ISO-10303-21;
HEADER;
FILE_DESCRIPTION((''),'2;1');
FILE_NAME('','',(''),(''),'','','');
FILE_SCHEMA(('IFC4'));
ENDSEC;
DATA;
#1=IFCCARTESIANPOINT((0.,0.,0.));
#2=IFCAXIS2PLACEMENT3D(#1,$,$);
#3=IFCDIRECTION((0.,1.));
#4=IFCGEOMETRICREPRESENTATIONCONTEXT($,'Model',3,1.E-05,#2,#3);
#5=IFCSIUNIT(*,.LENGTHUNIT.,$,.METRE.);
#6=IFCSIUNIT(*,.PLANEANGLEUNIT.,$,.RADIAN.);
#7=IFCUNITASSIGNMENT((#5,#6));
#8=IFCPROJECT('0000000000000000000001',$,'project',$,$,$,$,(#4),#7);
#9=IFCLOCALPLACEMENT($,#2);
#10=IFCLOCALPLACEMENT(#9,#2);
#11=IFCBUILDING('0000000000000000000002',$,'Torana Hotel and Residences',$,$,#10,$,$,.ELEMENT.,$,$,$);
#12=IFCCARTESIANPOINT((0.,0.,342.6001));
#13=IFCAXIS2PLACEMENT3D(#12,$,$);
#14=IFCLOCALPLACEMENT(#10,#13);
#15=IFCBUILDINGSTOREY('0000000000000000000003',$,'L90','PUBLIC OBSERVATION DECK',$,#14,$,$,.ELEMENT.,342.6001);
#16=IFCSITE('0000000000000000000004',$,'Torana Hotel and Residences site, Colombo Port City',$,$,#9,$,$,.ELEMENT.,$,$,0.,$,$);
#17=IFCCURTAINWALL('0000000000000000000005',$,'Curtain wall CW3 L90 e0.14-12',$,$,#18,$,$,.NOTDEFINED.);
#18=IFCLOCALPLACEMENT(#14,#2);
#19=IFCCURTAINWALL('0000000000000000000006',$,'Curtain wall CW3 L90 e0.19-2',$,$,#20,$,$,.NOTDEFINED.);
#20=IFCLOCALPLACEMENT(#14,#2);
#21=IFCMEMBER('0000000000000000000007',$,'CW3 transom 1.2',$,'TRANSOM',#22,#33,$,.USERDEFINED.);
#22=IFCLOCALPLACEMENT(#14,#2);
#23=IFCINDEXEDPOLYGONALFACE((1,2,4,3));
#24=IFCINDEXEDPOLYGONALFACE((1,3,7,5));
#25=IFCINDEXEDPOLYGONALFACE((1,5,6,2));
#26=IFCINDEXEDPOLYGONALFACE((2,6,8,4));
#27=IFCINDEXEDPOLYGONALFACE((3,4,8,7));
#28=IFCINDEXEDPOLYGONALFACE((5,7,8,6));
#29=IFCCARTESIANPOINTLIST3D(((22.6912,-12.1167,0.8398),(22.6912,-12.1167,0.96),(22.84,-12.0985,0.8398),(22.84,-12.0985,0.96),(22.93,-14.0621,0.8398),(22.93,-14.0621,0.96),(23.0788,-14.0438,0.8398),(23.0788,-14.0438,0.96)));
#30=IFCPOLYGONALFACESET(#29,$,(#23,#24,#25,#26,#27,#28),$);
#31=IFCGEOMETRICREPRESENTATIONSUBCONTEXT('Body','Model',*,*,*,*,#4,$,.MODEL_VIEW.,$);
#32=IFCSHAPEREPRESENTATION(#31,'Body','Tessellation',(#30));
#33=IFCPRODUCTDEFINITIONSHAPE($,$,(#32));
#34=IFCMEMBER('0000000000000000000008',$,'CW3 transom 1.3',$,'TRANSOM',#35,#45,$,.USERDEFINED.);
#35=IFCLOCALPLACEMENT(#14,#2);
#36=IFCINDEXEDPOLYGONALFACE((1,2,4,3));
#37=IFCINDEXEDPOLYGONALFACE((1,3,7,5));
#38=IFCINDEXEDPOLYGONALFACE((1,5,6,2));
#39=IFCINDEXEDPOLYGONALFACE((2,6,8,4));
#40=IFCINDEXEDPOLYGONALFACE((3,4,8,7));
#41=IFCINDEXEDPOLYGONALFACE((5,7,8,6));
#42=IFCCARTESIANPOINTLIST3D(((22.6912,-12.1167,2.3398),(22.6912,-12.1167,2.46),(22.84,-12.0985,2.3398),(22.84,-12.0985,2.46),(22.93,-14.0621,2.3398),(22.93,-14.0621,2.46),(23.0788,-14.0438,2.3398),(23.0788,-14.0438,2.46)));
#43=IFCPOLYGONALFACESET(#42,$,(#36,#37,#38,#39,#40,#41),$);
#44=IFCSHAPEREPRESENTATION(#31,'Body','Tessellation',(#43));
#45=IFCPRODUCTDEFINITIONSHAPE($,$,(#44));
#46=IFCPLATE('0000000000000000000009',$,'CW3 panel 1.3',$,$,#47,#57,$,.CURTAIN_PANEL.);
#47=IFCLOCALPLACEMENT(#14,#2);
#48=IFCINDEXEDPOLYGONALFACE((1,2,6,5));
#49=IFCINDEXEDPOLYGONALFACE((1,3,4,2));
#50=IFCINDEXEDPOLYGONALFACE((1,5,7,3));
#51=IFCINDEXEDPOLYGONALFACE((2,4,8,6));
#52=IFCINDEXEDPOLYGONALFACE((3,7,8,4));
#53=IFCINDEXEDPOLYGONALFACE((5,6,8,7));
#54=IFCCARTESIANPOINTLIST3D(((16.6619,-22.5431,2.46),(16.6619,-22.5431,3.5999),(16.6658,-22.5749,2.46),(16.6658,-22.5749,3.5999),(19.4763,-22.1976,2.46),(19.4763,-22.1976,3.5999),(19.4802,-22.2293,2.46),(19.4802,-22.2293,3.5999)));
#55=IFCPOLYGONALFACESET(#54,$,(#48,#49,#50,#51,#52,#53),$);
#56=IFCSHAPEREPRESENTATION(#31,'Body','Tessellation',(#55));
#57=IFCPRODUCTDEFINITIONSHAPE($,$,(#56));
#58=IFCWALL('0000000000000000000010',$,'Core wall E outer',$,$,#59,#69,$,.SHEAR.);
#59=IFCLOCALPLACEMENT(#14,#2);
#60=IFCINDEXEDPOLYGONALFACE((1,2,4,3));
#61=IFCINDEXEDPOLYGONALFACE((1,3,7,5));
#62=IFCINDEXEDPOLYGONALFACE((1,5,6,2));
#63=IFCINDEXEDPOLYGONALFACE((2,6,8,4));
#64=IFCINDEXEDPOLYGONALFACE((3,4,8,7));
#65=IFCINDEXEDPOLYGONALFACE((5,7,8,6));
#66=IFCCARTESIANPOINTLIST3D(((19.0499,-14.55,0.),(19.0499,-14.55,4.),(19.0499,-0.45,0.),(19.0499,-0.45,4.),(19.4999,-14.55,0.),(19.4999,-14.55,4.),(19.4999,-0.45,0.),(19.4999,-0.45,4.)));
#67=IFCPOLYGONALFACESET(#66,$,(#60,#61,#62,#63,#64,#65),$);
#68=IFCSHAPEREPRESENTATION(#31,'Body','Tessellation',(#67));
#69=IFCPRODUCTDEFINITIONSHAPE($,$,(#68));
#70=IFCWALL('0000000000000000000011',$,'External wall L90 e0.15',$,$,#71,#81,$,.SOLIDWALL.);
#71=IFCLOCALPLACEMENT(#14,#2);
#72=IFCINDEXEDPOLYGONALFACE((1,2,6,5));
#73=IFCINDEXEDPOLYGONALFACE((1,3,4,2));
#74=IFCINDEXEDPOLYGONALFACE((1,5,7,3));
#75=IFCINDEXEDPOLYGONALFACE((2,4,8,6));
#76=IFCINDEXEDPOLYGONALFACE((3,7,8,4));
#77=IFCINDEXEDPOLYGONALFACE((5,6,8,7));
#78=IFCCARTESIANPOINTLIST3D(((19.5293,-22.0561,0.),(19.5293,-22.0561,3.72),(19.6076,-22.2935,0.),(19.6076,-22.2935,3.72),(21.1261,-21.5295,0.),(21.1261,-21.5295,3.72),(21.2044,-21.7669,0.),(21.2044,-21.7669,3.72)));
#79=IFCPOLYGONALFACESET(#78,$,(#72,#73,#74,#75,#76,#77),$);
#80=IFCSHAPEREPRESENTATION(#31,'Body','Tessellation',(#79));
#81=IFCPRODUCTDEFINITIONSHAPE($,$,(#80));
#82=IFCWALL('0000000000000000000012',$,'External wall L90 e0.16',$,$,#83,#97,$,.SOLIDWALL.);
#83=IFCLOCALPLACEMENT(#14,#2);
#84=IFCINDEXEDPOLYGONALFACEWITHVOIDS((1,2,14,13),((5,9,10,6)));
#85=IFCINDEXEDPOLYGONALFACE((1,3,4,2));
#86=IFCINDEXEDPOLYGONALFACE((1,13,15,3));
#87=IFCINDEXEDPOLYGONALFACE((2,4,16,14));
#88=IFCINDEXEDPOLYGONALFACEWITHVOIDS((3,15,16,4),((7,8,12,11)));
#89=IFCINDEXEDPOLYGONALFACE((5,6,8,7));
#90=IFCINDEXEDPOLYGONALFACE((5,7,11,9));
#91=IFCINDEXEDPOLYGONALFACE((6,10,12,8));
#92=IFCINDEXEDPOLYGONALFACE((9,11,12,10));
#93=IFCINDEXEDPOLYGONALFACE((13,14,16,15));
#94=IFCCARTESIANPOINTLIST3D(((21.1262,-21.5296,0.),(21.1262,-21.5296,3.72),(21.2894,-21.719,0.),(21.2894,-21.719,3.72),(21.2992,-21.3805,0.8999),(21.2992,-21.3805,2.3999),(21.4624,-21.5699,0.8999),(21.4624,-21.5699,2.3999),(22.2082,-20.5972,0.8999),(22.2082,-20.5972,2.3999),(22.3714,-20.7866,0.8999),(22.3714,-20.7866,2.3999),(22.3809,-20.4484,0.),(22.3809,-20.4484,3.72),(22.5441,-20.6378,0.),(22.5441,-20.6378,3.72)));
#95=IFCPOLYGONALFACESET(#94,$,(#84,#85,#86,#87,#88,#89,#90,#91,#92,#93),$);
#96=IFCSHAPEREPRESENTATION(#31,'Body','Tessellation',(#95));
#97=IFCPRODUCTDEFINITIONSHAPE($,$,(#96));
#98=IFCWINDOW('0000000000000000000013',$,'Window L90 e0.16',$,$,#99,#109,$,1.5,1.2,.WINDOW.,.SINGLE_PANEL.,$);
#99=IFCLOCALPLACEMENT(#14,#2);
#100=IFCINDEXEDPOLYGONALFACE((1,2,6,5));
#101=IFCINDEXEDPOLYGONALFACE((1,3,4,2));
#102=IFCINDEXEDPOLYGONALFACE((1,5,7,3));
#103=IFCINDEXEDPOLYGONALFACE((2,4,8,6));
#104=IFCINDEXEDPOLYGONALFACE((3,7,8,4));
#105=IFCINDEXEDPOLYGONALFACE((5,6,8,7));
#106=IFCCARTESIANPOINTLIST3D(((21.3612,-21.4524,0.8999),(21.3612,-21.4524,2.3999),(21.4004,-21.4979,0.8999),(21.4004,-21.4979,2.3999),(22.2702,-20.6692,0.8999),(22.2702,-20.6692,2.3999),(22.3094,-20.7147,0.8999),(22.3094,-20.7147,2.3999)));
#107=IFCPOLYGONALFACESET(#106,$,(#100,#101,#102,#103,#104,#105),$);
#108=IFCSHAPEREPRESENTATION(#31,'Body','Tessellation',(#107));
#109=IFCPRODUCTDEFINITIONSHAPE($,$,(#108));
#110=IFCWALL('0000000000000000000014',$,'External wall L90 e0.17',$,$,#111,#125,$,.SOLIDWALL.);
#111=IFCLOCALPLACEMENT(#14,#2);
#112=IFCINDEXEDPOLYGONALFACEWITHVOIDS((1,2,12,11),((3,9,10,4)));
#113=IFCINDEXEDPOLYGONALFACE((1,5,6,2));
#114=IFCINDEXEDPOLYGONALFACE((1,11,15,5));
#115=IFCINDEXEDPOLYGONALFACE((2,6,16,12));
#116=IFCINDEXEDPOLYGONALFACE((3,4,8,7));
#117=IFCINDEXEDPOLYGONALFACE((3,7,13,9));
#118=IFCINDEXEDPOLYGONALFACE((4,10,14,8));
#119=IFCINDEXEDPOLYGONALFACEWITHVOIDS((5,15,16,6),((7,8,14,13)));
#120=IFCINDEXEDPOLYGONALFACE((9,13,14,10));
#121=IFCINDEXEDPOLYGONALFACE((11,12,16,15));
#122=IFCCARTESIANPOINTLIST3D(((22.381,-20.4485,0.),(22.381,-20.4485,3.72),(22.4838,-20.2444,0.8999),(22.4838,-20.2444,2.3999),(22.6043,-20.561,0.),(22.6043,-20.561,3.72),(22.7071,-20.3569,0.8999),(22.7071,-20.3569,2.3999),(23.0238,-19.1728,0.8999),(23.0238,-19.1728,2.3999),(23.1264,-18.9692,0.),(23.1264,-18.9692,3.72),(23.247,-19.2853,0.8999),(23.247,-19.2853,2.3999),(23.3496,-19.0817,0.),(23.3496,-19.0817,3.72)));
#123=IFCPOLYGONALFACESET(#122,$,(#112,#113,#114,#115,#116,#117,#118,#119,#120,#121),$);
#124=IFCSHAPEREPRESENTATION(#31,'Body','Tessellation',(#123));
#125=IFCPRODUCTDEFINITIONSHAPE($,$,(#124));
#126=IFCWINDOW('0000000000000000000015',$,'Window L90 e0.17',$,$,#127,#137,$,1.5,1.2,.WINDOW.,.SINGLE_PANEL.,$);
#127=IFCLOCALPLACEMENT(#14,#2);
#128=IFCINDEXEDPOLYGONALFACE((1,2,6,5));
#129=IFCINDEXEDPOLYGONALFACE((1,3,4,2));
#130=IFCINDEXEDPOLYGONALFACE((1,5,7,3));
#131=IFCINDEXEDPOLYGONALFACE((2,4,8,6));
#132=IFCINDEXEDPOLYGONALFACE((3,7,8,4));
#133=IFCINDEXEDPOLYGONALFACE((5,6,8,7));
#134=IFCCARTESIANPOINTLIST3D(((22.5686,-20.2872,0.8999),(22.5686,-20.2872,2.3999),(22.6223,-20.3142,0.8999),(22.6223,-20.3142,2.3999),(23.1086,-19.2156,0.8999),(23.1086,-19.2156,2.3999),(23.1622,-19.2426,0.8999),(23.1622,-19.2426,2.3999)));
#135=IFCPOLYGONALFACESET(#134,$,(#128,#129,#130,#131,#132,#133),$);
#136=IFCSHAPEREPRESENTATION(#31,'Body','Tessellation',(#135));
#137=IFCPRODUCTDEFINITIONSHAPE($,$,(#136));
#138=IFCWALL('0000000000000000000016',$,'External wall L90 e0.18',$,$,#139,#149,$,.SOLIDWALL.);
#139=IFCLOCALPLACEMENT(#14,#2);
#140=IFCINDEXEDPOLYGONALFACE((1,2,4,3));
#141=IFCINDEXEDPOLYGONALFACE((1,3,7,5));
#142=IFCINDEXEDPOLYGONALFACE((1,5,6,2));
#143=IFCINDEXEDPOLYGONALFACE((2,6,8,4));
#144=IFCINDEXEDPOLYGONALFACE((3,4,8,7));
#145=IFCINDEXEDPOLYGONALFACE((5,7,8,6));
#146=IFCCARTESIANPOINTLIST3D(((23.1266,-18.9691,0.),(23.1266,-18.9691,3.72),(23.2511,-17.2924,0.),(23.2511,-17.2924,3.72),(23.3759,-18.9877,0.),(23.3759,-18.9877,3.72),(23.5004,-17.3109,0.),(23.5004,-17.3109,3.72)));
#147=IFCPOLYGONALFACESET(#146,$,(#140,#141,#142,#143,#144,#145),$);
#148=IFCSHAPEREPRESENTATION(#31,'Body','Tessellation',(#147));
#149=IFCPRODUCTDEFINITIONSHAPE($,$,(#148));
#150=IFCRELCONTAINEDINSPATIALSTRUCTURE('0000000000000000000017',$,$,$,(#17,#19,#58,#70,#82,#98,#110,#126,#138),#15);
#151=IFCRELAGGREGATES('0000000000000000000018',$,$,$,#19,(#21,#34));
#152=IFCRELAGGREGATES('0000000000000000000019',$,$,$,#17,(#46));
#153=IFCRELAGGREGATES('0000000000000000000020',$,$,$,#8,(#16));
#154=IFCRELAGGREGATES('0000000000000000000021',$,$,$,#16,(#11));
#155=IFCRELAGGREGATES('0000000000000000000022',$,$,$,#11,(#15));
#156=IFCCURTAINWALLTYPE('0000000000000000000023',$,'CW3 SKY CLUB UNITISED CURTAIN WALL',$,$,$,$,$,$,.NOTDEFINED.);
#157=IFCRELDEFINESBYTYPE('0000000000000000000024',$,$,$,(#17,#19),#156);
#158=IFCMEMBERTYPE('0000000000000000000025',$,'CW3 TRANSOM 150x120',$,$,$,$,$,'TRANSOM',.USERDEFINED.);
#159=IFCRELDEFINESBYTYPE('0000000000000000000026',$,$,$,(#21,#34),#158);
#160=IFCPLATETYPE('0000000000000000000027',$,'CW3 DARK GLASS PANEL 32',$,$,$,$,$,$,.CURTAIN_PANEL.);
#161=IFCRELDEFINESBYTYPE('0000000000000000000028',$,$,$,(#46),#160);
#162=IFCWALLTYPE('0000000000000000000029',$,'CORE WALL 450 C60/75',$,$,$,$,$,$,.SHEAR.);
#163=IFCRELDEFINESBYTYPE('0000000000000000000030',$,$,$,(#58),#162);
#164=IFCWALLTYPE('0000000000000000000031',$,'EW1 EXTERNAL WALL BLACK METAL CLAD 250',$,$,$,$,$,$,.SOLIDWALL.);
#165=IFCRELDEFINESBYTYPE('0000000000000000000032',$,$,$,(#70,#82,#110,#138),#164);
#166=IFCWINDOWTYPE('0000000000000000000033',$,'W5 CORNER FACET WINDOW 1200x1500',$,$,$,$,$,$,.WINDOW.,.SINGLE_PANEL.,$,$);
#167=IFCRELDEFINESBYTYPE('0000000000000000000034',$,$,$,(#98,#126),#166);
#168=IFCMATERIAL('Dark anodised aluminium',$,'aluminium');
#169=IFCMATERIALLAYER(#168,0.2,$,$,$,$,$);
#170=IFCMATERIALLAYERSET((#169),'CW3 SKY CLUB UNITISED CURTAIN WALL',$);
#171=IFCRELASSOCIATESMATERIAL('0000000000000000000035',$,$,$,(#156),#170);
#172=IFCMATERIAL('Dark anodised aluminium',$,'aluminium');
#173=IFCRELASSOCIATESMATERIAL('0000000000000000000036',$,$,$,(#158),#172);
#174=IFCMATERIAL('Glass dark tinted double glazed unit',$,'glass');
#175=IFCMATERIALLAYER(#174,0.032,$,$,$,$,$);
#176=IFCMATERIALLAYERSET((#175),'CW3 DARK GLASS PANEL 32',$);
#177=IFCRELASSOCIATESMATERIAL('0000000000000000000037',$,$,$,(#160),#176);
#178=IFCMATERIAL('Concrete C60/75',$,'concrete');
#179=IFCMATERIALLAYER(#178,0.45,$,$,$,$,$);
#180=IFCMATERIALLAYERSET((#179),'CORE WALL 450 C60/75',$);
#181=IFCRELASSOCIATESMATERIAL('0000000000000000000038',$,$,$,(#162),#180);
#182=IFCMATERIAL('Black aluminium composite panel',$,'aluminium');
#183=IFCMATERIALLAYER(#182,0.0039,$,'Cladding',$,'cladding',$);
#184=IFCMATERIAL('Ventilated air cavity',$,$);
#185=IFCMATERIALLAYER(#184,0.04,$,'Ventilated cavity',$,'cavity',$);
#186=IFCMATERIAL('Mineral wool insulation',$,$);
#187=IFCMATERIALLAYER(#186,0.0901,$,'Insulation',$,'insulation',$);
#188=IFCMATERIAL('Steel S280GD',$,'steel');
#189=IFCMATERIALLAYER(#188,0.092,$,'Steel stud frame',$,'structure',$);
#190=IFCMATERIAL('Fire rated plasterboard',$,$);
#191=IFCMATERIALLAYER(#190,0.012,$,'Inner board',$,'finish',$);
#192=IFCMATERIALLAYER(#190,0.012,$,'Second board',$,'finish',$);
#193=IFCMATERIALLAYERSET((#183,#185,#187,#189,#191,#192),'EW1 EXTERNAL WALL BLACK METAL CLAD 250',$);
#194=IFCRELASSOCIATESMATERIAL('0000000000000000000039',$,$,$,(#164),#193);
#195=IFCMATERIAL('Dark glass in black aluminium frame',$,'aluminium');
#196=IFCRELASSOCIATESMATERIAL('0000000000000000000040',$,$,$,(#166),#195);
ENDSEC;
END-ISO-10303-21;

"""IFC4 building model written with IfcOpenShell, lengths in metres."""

from ifc_helpers import new_model, si_unit, direction, frame, frame_2d, origin, origin_2d, place, context, subcontext, project, spatial, rectangle, extrude, material, layer, layer_set, material_profile, profile_set, type_object, element, fill, aggregate, save


model = new_model("IFC4")

# Units and contexts
model_context = context("Model", 3, precision=1e-05, world=origin(), true_north=direction((0.0, 1.0)))
body_context = subcontext(model_context, "Body", "Model", "MODEL_VIEW")
ifc_project = project(units=[si_unit("LENGTHUNIT", "METRE"), si_unit("PLANEANGLEUNIT", "RADIAN")], contexts=[model_context])

# Site, building, storey
site_placement = place(None, origin())
site = spatial("IfcSite", under=ifc_project, at=site_placement, Name="Torana Hotel and Residences site, Colombo Port City", CompositionType="ELEMENT", RefElevation=0.0)
building_placement = place(site_placement, origin())
building = spatial("IfcBuilding", under=site, at=building_placement, Name="Torana Hotel and Residences", CompositionType="ELEMENT")
storey_placement = place(building_placement, frame((0.0, 0.0, 342.6001)))
storey = spatial("IfcBuildingStorey", under=building, at=storey_placement, Name="L90", Description="PUBLIC OBSERVATION DECK", CompositionType="ELEMENT", Elevation=342.6001)

# Curtain wall
ifc_material_1 = material(Name="Dark anodised aluminium", Category="aluminium")
ifc_layer_1 = layer(ifc_material_1, 0.2)
ifc_layer_set_1 = layer_set([ifc_layer_1], Name="CW3 SKY CLUB UNITISED CURTAIN WALL")
curtain_wall_type = type_object("IfcCurtainWallType", Name="CW3 SKY CLUB UNITISED CURTAIN WALL", PredefinedType="NOTDEFINED", material=ifc_layer_set_1)
curtain_wall_1_placement = place(storey_placement, origin())
curtain_wall_1 = element("IfcCurtainWall", 1, at=curtain_wall_1_placement, inside=storey, type_object=curtain_wall_type, Name="Curtain wall CW3 L90 e0.14-12", PredefinedType="NOTDEFINED")

# Curtain wall, members
curtain_wall_2_placement = place(storey_placement, origin())
curtain_wall_2 = element("IfcCurtainWall", 2, at=curtain_wall_2_placement, inside=storey, type_object=curtain_wall_type, Name="Curtain wall CW3 L90 e0.19-2", PredefinedType="NOTDEFINED")
ifc_material_2 = material(Name="Dark anodised aluminium", Category="aluminium")
ifc_material_profile_1 = material_profile(ifc_material_2, rectangle(XDim=0.1499, YDim=0.1201, at=origin_2d()), Name="CW3 TRANSOM 150x120")
ifc_profile_set_1 = profile_set([ifc_material_profile_1], Name="Dark anodised aluminium")
member_type_1 = type_object("IfcMemberType", Name="CW3 TRANSOM 150x120", ElementType="TRANSOM", PredefinedType="USERDEFINED", material=ifc_profile_set_1)
member_1_placement = place(storey_placement, frame((23.0044, -14.053, 0.8999), z_axis=(-0.121827, 0.992551, 0.0), x_axis=(-0.992551, -0.121827, 0.0)))
member_1 = element("IfcMember", 3, at=member_1_placement, type_object=member_type_1, Name="CW3 transom 1.2", ObjectType="TRANSOM", PredefinedType="USERDEFINED", context=body_context, shape_type="SweptSolid", body=[
    extrude(rectangle(XDim=0.1499, YDim=0.1201, at=origin_2d()), origin(), (0.0, 0.0, 1.0), 1.96),
])
member_2_placement = place(storey_placement, frame((23.0044, -14.053, 2.3999), z_axis=(-0.121827, 0.992551, 0.0), x_axis=(-0.992551, -0.121827, 0.0)))
member_2 = element("IfcMember", 4, at=member_2_placement, type_object=member_type_1, Name="CW3 transom 1.3", ObjectType="TRANSOM", PredefinedType="USERDEFINED", context=body_context, shape_type="SweptSolid", body=[
    extrude(rectangle(XDim=0.1499, YDim=0.1201, at=origin_2d()), origin(), (0.0, 0.0, 1.0), 1.96),
])
aggregate(curtain_wall_2, [member_1, member_2])

# Plate
ifc_material_3 = material(Name="Glass dark tinted double glazed unit", Category="glass")
ifc_layer_2 = layer(ifc_material_3, 0.032)
ifc_layer_set_2 = layer_set([ifc_layer_2], Name="CW3 DARK GLASS PANEL 32")
plate_type = type_object("IfcPlateType", Name="CW3 DARK GLASS PANEL 32", PredefinedType="CURTAIN_PANEL", material=ifc_layer_set_2)
plate_placement = place(storey_placement, frame((18.071, -22.3862, 2.46), z_axis=(0.0, 0.0, 1.0), x_axis=(0.992547, 0.121863, 0.0)))
plate = element("IfcPlate", 5, at=plate_placement, type_object=plate_type, Name="CW3 panel 1.3", PredefinedType="CURTAIN_PANEL", context=body_context, shape_type="SweptSolid", body=[
    extrude(rectangle(XDim=2.8354, YDim=0.032, at=origin_2d()), origin(), (0.0, 0.0, 1.0), 1.1399),
])
aggregate(curtain_wall_1, [plate])

# Walls
ifc_material_4 = material(Name="Concrete C60/75", Category="concrete")
ifc_layer_3 = layer(ifc_material_4, 0.45)
ifc_layer_set_3 = layer_set([ifc_layer_3], Name="CORE WALL 450 C60/75")
wall_type_1 = type_object("IfcWallType", Name="CORE WALL 450 C60/75", PredefinedType="SHEAR", material=ifc_layer_set_3)
wall_1_placement = place(storey_placement, frame((19.2749, -14.55, 0.0), z_axis=(0.0, 0.0, 1.0), x_axis=(0.0, 1.0, 0.0)))
element("IfcWall", 6, at=wall_1_placement, inside=storey, type_object=wall_type_1, Name="Core wall E outer", PredefinedType="SHEAR", context=body_context, shape_type="SweptSolid", body=[
    extrude(rectangle(XDim=14.1001, YDim=0.45, at=frame_2d((7.05, 0.0))), origin(), (0.0, 0.0, 1.0), 4.0),
])
ifc_material_5 = material(Name="Black aluminium composite panel", Category="aluminium")
ifc_layer_4 = layer(ifc_material_5, 0.0039, Name="Cladding", Category="cladding")
ifc_material_6 = material(Name="Ventilated air cavity")
ifc_layer_5 = layer(ifc_material_6, 0.04, Name="Ventilated cavity", Category="cavity")
ifc_material_7 = material(Name="Mineral wool insulation")
ifc_layer_6 = layer(ifc_material_7, 0.0901, Name="Insulation", Category="insulation")
ifc_material_8 = material(Name="Steel S280GD", Category="steel")
ifc_layer_7 = layer(ifc_material_8, 0.092, Name="Steel stud frame", Category="structure")
ifc_material_9 = material(Name="Fire rated plasterboard")
ifc_layer_8 = layer(ifc_material_9, 0.012, Name="Inner board", Category="finish")
ifc_layer_9 = layer(ifc_material_9, 0.012, Name="Second board", Category="finish")
ifc_layer_set_4 = layer_set([ifc_layer_4, ifc_layer_5, ifc_layer_6, ifc_layer_7, ifc_layer_8, ifc_layer_9], Name="EW1 EXTERNAL WALL BLACK METAL CLAD 250")
wall_type_2 = type_object("IfcWallType", Name="EW1 EXTERNAL WALL BLACK METAL CLAD 250", PredefinedType="SOLIDWALL", material=ifc_layer_set_4)
wall_2_placement = place(storey_placement, frame((19.5684, -22.1748, 0.0), z_axis=(0.0, 0.0, 1.0), x_axis=(0.949695, 0.313177, 0.0)))
element("IfcWall", 7, at=wall_2_placement, inside=storey, type_object=wall_type_2, Name="External wall L90 e0.15", PredefinedType="SOLIDWALL", context=body_context, shape_type="SweptSolid", body=[
    extrude(rectangle(XDim=1.6814, YDim=0.25, at=frame_2d((0.8408, 0.0))), origin(), (0.0, 0.0, 1.0), 3.72),
])

# Walls, openings, windows
wall_3_placement = place(storey_placement, frame((21.2078, -21.6243, 0.0), z_axis=(0.0, 0.0, 1.0), x_axis=(0.757568, 0.652756, 0.0)))
wall_3 = element("IfcWall", 8, at=wall_3_placement, inside=storey, type_object=wall_type_2, Name="External wall L90 e0.16", PredefinedType="SOLIDWALL", context=body_context, shape_type="SweptSolid", body=[
    extrude(rectangle(XDim=1.6562, YDim=0.25, at=frame_2d((0.8281, 0.0))), origin(), (0.0, 0.0, 1.0), 3.72),
])
opening_1_placement = place(wall_3_placement, frame((0.2283, 0.0, 0.8999)))
opening_1 = element("IfcOpeningElement", 9, at=opening_1_placement, cuts=wall_3, PredefinedType="OPENING", context=body_context, shape_type="SweptSolid", body=[
    extrude(rectangle(XDim=1.2, YDim=1.5, at=frame_2d((0.6001, 0.75))), frame((0.0, 0.135, 0.0), z_axis=(0.0, -1.0, 0.0), x_axis=(1.0, 0.0, 0.0)), (0.0, 0.0, 1.0), 0.27),
])
ifc_material_10 = material(Name="Dark glass in black aluminium frame", Category="aluminium")
window_type = type_object("IfcWindowType", Name="W5 CORNER FACET WINDOW 1200x1500", PartitioningType="SINGLE_PANEL", PredefinedType="WINDOW", material=ifc_material_10)
window_1_placement = place(opening_1_placement, origin())
window_1 = element("IfcWindow", 10, at=window_1_placement, inside=storey, type_object=window_type, Name="Window L90 e0.16", OverallHeight=1.5, OverallWidth=1.2, PartitioningType="SINGLE_PANEL", PredefinedType="WINDOW", context=body_context, shape_type="SweptSolid", body=[
    extrude(rectangle(XDim=1.2, YDim=1.5, at=frame_2d((0.6001, 0.75))), frame((0.0, 0.03, 0.0), z_axis=(0.0, -1.0, 0.0), x_axis=(1.0, 0.0, 0.0)), (0.0, 0.0, 1.0), 0.0601),
])
fill(opening_1, window_1)
wall_4_placement = place(storey_placement, frame((22.4927, -20.5046, 0.0), z_axis=(0.0, 0.0, 1.0), x_axis=(0.449982, 0.893037, 0.0)))
wall_4 = element("IfcWall", 11, at=wall_4_placement, inside=storey, type_object=wall_type_2, Name="External wall L90 e0.17", PredefinedType="SOLIDWALL", context=body_context, shape_type="SweptSolid", body=[
    extrude(rectangle(XDim=1.6565, YDim=0.25, at=frame_2d((0.8281, 0.0))), origin(), (0.0, 0.0, 1.0), 3.72),
])
opening_2_placement = place(wall_4_placement, frame((0.2283, 0.0, 0.8999)))
opening_2 = element("IfcOpeningElement", 12, at=opening_2_placement, cuts=wall_4, PredefinedType="OPENING", context=body_context, shape_type="SweptSolid", body=[
    extrude(rectangle(XDim=1.2, YDim=1.5, at=frame_2d((0.6001, 0.75))), frame((0.0, 0.135, 0.0), z_axis=(0.0, -1.0, 0.0), x_axis=(1.0, 0.0, 0.0)), (0.0, 0.0, 1.0), 0.27),
])
window_2_placement = place(opening_2_placement, origin())
window_2 = element("IfcWindow", 13, at=window_2_placement, inside=storey, type_object=window_type, Name="Window L90 e0.17", OverallHeight=1.5, OverallWidth=1.2, PartitioningType="SINGLE_PANEL", PredefinedType="WINDOW", context=body_context, shape_type="SweptSolid", body=[
    extrude(rectangle(XDim=1.2, YDim=1.5, at=frame_2d((0.6001, 0.75))), frame((0.0, 0.03, 0.0), z_axis=(0.0, -1.0, 0.0), x_axis=(1.0, 0.0, 0.0)), (0.0, 0.0, 1.0), 0.0601),
])
fill(opening_2, window_2)

# Wall
wall_5_placement = place(storey_placement, frame((23.2512, -18.9785, 0.0), z_axis=(0.0, 0.0, 1.0), x_axis=(0.074054, 0.997254, 0.0)))
element("IfcWall", 14, at=wall_5_placement, inside=storey, type_object=wall_type_2, Name="External wall L90 e0.18", PredefinedType="SOLIDWALL", context=body_context, shape_type="SweptSolid", body=[
    extrude(rectangle(XDim=1.6814, YDim=0.25, at=frame_2d((0.8408, 0.0))), origin(), (0.0, 0.0, 1.0), 3.72),
])

save(model, "model.ifc")
